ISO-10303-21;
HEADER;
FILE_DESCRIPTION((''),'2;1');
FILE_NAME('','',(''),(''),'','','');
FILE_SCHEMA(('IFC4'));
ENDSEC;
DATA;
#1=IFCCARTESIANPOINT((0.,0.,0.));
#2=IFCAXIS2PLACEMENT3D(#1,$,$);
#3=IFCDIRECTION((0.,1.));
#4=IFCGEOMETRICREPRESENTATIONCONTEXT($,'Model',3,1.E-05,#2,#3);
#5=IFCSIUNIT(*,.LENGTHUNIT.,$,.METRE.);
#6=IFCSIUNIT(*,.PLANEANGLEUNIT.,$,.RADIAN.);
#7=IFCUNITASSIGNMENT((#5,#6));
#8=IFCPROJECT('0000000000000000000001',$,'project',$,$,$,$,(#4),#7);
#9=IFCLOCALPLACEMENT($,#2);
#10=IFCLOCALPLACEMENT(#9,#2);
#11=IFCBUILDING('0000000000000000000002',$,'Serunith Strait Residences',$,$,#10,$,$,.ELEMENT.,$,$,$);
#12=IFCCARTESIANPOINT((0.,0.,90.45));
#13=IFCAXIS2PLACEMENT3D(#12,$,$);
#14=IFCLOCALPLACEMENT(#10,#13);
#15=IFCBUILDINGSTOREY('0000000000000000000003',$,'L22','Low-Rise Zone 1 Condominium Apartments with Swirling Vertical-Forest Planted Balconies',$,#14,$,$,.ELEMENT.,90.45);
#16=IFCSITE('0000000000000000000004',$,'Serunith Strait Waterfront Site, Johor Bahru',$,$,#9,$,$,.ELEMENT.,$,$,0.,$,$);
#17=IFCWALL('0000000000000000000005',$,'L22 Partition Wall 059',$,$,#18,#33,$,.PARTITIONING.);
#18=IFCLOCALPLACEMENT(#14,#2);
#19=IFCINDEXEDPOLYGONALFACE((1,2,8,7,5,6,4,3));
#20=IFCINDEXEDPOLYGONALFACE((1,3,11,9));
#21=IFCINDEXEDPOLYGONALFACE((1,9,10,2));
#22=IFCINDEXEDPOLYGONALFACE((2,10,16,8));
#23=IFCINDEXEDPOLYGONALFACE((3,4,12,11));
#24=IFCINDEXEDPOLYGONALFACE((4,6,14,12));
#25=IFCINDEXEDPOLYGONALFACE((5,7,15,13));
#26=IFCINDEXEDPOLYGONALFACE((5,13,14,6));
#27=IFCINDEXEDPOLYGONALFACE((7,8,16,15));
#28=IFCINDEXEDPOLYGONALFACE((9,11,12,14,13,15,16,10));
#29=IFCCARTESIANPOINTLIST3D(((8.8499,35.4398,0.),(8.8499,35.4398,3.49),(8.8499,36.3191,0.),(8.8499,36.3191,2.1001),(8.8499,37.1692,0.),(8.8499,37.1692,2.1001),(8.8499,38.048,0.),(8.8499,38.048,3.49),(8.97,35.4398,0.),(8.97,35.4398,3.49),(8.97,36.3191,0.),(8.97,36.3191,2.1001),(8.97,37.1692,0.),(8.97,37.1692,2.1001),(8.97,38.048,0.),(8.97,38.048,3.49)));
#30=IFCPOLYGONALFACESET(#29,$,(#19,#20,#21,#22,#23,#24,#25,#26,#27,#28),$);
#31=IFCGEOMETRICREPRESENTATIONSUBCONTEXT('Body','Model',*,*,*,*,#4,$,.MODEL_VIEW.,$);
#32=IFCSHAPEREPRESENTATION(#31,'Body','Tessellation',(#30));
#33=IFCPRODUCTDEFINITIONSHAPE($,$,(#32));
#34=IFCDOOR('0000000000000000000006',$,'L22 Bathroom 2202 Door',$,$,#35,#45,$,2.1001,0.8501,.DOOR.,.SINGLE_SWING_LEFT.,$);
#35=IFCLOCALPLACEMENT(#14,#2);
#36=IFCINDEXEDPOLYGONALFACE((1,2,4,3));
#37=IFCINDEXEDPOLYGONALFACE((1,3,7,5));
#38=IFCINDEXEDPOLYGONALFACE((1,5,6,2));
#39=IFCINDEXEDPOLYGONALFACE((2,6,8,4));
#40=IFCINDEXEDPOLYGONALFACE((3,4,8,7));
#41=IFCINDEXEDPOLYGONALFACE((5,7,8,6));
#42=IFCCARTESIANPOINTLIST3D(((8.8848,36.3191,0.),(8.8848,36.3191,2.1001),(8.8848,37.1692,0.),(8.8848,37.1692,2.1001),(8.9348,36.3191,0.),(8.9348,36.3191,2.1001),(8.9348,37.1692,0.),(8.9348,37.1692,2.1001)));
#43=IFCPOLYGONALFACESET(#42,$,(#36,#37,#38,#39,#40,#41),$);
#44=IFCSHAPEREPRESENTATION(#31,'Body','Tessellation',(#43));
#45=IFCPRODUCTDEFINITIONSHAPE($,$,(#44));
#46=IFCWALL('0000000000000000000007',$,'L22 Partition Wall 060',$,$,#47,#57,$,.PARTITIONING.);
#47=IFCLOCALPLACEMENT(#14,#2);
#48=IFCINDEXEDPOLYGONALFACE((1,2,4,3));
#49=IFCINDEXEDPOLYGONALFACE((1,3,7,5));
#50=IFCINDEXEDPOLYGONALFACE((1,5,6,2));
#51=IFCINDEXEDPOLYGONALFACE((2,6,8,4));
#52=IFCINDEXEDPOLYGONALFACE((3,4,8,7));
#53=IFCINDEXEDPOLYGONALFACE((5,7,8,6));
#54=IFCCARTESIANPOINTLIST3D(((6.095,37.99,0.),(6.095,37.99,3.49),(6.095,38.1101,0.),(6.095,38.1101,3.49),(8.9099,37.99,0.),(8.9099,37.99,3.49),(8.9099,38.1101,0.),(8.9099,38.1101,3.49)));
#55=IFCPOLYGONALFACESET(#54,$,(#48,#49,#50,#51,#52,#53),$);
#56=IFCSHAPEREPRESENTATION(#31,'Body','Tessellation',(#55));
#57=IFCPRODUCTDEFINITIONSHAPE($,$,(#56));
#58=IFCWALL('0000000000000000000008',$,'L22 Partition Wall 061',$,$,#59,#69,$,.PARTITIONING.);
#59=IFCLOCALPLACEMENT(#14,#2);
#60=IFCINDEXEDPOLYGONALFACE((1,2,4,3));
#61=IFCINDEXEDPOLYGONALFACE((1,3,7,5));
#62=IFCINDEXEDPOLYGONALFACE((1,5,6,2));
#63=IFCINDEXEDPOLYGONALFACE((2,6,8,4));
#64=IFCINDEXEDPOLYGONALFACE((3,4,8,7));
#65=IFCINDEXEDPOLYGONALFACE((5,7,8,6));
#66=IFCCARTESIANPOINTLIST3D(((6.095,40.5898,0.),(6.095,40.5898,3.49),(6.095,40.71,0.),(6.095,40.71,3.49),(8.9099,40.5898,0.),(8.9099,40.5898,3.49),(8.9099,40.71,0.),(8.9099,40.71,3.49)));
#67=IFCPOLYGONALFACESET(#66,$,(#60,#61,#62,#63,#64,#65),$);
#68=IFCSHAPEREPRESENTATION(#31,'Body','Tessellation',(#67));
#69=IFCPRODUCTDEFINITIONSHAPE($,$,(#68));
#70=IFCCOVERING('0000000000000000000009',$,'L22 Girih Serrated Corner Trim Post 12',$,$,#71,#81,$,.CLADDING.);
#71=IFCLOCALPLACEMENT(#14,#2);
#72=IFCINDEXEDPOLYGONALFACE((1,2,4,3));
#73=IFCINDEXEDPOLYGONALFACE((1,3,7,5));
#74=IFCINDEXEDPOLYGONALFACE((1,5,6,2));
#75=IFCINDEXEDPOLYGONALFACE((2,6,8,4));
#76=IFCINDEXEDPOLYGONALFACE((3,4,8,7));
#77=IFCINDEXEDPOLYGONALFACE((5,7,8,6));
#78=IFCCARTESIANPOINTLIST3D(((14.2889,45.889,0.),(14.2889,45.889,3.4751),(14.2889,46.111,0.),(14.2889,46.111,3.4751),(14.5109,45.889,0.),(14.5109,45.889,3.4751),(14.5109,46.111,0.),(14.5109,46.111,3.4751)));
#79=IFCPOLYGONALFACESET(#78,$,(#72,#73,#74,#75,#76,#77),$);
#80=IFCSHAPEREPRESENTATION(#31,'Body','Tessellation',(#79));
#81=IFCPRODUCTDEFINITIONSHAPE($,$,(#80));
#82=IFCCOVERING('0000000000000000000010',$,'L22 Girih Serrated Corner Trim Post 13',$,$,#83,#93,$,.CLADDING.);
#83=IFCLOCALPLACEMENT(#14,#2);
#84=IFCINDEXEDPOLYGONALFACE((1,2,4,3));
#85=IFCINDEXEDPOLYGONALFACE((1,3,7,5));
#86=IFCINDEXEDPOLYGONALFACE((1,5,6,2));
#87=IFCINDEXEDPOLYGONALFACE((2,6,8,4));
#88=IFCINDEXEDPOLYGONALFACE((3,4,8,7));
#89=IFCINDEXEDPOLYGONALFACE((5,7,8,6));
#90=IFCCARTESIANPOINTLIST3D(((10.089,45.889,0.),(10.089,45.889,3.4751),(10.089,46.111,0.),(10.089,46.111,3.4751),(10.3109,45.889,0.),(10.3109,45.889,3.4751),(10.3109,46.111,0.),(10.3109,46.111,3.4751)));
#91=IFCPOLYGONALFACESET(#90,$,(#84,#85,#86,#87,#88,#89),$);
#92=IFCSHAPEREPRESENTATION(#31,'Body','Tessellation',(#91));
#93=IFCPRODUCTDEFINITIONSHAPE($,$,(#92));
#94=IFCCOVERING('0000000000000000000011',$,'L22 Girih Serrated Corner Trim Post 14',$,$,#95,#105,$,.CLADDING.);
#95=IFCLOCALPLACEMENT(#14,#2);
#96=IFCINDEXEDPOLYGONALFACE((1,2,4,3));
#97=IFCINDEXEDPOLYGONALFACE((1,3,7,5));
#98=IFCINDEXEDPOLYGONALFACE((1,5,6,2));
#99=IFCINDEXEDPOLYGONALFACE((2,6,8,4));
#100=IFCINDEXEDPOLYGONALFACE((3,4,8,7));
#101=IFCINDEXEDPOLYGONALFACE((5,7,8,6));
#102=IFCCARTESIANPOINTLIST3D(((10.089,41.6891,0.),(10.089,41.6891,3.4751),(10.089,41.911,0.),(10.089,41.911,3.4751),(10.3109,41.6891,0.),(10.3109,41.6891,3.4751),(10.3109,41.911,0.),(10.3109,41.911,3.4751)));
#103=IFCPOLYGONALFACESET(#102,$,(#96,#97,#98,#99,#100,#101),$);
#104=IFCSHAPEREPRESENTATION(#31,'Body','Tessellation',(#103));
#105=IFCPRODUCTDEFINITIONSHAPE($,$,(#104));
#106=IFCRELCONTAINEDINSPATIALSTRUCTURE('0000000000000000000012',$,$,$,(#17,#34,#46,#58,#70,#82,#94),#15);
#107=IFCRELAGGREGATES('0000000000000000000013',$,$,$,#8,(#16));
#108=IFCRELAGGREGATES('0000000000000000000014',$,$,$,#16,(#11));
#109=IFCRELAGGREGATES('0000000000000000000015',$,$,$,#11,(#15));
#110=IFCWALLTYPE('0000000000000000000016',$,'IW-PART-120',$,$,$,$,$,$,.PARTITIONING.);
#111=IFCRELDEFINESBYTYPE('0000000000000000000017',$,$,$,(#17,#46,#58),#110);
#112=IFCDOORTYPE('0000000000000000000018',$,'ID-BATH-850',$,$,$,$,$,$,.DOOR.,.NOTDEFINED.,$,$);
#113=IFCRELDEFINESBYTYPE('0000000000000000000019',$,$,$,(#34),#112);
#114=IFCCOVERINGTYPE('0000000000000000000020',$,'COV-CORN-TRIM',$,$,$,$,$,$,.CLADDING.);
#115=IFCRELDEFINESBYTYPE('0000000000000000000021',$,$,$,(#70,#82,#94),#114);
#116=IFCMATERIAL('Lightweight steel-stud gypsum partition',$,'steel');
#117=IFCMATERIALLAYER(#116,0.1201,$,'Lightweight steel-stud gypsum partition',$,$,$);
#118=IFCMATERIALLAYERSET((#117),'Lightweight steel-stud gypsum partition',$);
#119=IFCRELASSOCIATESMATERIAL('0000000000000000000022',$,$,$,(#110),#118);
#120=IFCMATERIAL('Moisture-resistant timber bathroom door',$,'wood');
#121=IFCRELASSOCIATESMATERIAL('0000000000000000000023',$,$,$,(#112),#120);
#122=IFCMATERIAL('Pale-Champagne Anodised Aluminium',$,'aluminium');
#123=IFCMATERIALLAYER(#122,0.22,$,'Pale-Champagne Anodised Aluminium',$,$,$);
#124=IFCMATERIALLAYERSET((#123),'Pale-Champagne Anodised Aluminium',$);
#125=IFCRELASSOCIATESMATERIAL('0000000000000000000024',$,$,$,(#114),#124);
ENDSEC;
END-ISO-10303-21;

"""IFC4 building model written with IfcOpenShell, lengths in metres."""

from ifc_helpers import new_model, si_unit, direction, frame, frame_2d, origin, origin_2d, place, context, subcontext, project, spatial, rectangle, extrude, source, transform, mapped, material, layer, layer_set, type_object, element, fill, save


model = new_model("IFC4")

# Units and contexts
model_context = context("Model", 3, precision=1e-05, world=origin(), true_north=direction((0.0, 1.0)))
body_context = subcontext(model_context, "Body", "Model", "MODEL_VIEW")
ifc_project = project(units=[si_unit("LENGTHUNIT", "METRE"), si_unit("PLANEANGLEUNIT", "RADIAN")], contexts=[model_context])

# Site, building, storey
site_placement = place(None, origin())
site = spatial("IfcSite", under=ifc_project, at=site_placement, Name="Serunith Strait Waterfront Site, Johor Bahru", CompositionType="ELEMENT", RefElevation=0.0)
building_placement = place(site_placement, origin())
building = spatial("IfcBuilding", under=site, at=building_placement, Name="Serunith Strait Residences", CompositionType="ELEMENT")
storey_placement = place(building_placement, frame((0.0, 0.0, 90.45)))
storey = spatial("IfcBuildingStorey", under=building, at=storey_placement, Name="L22", Description="Low-Rise Zone 1 Condominium Apartments with Swirling Vertical-Forest Planted Balconies", CompositionType="ELEMENT", Elevation=90.45)

# Shared definitions
ifc_material_1 = material(Name="Pale-Champagne Anodised Aluminium", Category="aluminium")

# Wall, opening, door
ifc_material_2 = material(Name="Lightweight steel-stud gypsum partition", Category="steel")
ifc_layer_1 = layer(ifc_material_2, 0.1201, Name="Lightweight steel-stud gypsum partition")
ifc_layer_set_1 = layer_set([ifc_layer_1], Name="Lightweight steel-stud gypsum partition")
wall_type_1 = type_object("IfcWallType", Name="IW-PART-120", PredefinedType="PARTITIONING", material=ifc_layer_set_1)
shared_shape_1 = source(origin(), body_context, "Body", "SweptSolid", [
    extrude(rectangle(XDim=0.8501, YDim=2.1001, at=frame_2d((0.425, 1.05))), frame((0.0, 0.0249, 0.0), z_axis=(0.0, -1.0, 0.0), x_axis=(1.0, 0.0, 0.0)), (0.0, 0.0, 1.0), 0.05),
])
wall_1_placement = place(storey_placement, frame((8.9099, 38.0481, 0.0), z_axis=(0.0, 0.0, 1.0), x_axis=(0.0, -1.0, 0.0)))
wall_1 = element("IfcWall", 1, at=wall_1_placement, inside=storey, type_object=wall_type_1, Name="L22 Partition Wall 059", PredefinedType="PARTITIONING", context=body_context, shape_type="SweptSolid", body=[
    extrude(rectangle(XDim=2.6082, YDim=0.1201, at=frame_2d((1.3042, 0.0))), origin(), (0.0, 0.0, 1.0), 3.49),
])
opening_1_placement = place(wall_1_placement, frame((0.8789, 0.0, 0.0)))
opening_1 = element("IfcOpeningElement", 2, at=opening_1_placement, cuts=wall_1, PredefinedType="OPENING", context=body_context, shape_type="SweptSolid", body=[
    extrude(rectangle(XDim=0.8501, YDim=2.1001, at=frame_2d((0.425, 1.05))), frame((0.0, 0.0701, 0.0), z_axis=(0.0, -1.0, 0.0), x_axis=(1.0, 0.0, 0.0)), (0.0, 0.0, 1.0), 0.1401),
])
ifc_material_3 = material(Name="Moisture-resistant timber bathroom door", Category="wood")
door_type_1 = type_object("IfcDoorType", Name="ID-BATH-850", OperationType="NOTDEFINED", PredefinedType="DOOR", material=ifc_material_3)
door_1_placement = place(opening_1_placement, origin())
door_1 = element("IfcDoor", 3, at=door_1_placement, inside=storey, type_object=door_type_1, Name="L22 Bathroom 2202 Door", OperationType="SINGLE_SWING_LEFT", OverallHeight=2.1001, OverallWidth=0.8501, PredefinedType="DOOR", context=body_context, shape_type="MappedRepresentation", body=[
    mapped(shared_shape_1, transform((0.0, 0.0, 0.0), scale=1.0)),
])
fill(opening_1, door_1)

# Walls
for number, where, z_axis, x_axis, name in (
    (4, (6.095, 38.05, 0.0), (0.0, 0.0, 1.0), (1.0, 0.0, 0.0), "L22 Partition Wall 060"),
    (5, (6.095, 40.6499, 0.0), (0.0, 0.0, 1.0), (1.0, 0.0, 0.0), "L22 Partition Wall 061"),
):
    element("IfcWall", number, at=place(storey_placement, frame(where, z_axis=z_axis, x_axis=x_axis)), inside=storey, type_object=wall_type_1, Name=name, PredefinedType="PARTITIONING", context=body_context, shape_type="SweptSolid", body=[
        extrude(rectangle(XDim=2.8149, YDim=0.1201, at=frame_2d((1.4075, 0.0))), origin(), (0.0, 0.0, 1.0), 3.49),
    ])

# Coverings
ifc_layer_2 = layer(ifc_material_1, 0.22, Name="Pale-Champagne Anodised Aluminium")
ifc_layer_set_2 = layer_set([ifc_layer_2], Name="Pale-Champagne Anodised Aluminium")
covering_type = type_object("IfcCoveringType", Name="COV-CORN-TRIM", PredefinedType="CLADDING", material=ifc_layer_set_2)
shared_shape_2 = source(origin(), body_context, "Body", "SweptSolid", [
    extrude(rectangle(XDim=0.2219, YDim=0.2219, at=origin_2d()), origin(), (0.0, 0.0, 1.0), 3.4751),
])
for number, where, z_axis, x_axis, name in (
    (6, (14.3999, 46.0, 0.0), (0.0, 0.0, 1.0), (1.0, 0.0, 0.0), "L22 Girih Serrated Corner Trim Post 12"),
    (7, (10.2, 46.0, 0.0), (0.0, 0.0, 1.0), (1.0, 0.0, 0.0), "L22 Girih Serrated Corner Trim Post 13"),
    (8, (10.2, 41.8, 0.0), (0.0, 0.0, 1.0), (1.0, 0.0, 0.0), "L22 Girih Serrated Corner Trim Post 14"),
):
    element("IfcCovering", number, at=place(storey_placement, frame(where, z_axis=z_axis, x_axis=x_axis)), inside=storey, type_object=covering_type, Name=name, PredefinedType="CLADDING", context=body_context, shape_type="MappedRepresentation", body=[
        mapped(shared_shape_2, transform((0.0, 0.0, 0.0), scale=1.0)),
    ])

save(model, "model.ifc")
